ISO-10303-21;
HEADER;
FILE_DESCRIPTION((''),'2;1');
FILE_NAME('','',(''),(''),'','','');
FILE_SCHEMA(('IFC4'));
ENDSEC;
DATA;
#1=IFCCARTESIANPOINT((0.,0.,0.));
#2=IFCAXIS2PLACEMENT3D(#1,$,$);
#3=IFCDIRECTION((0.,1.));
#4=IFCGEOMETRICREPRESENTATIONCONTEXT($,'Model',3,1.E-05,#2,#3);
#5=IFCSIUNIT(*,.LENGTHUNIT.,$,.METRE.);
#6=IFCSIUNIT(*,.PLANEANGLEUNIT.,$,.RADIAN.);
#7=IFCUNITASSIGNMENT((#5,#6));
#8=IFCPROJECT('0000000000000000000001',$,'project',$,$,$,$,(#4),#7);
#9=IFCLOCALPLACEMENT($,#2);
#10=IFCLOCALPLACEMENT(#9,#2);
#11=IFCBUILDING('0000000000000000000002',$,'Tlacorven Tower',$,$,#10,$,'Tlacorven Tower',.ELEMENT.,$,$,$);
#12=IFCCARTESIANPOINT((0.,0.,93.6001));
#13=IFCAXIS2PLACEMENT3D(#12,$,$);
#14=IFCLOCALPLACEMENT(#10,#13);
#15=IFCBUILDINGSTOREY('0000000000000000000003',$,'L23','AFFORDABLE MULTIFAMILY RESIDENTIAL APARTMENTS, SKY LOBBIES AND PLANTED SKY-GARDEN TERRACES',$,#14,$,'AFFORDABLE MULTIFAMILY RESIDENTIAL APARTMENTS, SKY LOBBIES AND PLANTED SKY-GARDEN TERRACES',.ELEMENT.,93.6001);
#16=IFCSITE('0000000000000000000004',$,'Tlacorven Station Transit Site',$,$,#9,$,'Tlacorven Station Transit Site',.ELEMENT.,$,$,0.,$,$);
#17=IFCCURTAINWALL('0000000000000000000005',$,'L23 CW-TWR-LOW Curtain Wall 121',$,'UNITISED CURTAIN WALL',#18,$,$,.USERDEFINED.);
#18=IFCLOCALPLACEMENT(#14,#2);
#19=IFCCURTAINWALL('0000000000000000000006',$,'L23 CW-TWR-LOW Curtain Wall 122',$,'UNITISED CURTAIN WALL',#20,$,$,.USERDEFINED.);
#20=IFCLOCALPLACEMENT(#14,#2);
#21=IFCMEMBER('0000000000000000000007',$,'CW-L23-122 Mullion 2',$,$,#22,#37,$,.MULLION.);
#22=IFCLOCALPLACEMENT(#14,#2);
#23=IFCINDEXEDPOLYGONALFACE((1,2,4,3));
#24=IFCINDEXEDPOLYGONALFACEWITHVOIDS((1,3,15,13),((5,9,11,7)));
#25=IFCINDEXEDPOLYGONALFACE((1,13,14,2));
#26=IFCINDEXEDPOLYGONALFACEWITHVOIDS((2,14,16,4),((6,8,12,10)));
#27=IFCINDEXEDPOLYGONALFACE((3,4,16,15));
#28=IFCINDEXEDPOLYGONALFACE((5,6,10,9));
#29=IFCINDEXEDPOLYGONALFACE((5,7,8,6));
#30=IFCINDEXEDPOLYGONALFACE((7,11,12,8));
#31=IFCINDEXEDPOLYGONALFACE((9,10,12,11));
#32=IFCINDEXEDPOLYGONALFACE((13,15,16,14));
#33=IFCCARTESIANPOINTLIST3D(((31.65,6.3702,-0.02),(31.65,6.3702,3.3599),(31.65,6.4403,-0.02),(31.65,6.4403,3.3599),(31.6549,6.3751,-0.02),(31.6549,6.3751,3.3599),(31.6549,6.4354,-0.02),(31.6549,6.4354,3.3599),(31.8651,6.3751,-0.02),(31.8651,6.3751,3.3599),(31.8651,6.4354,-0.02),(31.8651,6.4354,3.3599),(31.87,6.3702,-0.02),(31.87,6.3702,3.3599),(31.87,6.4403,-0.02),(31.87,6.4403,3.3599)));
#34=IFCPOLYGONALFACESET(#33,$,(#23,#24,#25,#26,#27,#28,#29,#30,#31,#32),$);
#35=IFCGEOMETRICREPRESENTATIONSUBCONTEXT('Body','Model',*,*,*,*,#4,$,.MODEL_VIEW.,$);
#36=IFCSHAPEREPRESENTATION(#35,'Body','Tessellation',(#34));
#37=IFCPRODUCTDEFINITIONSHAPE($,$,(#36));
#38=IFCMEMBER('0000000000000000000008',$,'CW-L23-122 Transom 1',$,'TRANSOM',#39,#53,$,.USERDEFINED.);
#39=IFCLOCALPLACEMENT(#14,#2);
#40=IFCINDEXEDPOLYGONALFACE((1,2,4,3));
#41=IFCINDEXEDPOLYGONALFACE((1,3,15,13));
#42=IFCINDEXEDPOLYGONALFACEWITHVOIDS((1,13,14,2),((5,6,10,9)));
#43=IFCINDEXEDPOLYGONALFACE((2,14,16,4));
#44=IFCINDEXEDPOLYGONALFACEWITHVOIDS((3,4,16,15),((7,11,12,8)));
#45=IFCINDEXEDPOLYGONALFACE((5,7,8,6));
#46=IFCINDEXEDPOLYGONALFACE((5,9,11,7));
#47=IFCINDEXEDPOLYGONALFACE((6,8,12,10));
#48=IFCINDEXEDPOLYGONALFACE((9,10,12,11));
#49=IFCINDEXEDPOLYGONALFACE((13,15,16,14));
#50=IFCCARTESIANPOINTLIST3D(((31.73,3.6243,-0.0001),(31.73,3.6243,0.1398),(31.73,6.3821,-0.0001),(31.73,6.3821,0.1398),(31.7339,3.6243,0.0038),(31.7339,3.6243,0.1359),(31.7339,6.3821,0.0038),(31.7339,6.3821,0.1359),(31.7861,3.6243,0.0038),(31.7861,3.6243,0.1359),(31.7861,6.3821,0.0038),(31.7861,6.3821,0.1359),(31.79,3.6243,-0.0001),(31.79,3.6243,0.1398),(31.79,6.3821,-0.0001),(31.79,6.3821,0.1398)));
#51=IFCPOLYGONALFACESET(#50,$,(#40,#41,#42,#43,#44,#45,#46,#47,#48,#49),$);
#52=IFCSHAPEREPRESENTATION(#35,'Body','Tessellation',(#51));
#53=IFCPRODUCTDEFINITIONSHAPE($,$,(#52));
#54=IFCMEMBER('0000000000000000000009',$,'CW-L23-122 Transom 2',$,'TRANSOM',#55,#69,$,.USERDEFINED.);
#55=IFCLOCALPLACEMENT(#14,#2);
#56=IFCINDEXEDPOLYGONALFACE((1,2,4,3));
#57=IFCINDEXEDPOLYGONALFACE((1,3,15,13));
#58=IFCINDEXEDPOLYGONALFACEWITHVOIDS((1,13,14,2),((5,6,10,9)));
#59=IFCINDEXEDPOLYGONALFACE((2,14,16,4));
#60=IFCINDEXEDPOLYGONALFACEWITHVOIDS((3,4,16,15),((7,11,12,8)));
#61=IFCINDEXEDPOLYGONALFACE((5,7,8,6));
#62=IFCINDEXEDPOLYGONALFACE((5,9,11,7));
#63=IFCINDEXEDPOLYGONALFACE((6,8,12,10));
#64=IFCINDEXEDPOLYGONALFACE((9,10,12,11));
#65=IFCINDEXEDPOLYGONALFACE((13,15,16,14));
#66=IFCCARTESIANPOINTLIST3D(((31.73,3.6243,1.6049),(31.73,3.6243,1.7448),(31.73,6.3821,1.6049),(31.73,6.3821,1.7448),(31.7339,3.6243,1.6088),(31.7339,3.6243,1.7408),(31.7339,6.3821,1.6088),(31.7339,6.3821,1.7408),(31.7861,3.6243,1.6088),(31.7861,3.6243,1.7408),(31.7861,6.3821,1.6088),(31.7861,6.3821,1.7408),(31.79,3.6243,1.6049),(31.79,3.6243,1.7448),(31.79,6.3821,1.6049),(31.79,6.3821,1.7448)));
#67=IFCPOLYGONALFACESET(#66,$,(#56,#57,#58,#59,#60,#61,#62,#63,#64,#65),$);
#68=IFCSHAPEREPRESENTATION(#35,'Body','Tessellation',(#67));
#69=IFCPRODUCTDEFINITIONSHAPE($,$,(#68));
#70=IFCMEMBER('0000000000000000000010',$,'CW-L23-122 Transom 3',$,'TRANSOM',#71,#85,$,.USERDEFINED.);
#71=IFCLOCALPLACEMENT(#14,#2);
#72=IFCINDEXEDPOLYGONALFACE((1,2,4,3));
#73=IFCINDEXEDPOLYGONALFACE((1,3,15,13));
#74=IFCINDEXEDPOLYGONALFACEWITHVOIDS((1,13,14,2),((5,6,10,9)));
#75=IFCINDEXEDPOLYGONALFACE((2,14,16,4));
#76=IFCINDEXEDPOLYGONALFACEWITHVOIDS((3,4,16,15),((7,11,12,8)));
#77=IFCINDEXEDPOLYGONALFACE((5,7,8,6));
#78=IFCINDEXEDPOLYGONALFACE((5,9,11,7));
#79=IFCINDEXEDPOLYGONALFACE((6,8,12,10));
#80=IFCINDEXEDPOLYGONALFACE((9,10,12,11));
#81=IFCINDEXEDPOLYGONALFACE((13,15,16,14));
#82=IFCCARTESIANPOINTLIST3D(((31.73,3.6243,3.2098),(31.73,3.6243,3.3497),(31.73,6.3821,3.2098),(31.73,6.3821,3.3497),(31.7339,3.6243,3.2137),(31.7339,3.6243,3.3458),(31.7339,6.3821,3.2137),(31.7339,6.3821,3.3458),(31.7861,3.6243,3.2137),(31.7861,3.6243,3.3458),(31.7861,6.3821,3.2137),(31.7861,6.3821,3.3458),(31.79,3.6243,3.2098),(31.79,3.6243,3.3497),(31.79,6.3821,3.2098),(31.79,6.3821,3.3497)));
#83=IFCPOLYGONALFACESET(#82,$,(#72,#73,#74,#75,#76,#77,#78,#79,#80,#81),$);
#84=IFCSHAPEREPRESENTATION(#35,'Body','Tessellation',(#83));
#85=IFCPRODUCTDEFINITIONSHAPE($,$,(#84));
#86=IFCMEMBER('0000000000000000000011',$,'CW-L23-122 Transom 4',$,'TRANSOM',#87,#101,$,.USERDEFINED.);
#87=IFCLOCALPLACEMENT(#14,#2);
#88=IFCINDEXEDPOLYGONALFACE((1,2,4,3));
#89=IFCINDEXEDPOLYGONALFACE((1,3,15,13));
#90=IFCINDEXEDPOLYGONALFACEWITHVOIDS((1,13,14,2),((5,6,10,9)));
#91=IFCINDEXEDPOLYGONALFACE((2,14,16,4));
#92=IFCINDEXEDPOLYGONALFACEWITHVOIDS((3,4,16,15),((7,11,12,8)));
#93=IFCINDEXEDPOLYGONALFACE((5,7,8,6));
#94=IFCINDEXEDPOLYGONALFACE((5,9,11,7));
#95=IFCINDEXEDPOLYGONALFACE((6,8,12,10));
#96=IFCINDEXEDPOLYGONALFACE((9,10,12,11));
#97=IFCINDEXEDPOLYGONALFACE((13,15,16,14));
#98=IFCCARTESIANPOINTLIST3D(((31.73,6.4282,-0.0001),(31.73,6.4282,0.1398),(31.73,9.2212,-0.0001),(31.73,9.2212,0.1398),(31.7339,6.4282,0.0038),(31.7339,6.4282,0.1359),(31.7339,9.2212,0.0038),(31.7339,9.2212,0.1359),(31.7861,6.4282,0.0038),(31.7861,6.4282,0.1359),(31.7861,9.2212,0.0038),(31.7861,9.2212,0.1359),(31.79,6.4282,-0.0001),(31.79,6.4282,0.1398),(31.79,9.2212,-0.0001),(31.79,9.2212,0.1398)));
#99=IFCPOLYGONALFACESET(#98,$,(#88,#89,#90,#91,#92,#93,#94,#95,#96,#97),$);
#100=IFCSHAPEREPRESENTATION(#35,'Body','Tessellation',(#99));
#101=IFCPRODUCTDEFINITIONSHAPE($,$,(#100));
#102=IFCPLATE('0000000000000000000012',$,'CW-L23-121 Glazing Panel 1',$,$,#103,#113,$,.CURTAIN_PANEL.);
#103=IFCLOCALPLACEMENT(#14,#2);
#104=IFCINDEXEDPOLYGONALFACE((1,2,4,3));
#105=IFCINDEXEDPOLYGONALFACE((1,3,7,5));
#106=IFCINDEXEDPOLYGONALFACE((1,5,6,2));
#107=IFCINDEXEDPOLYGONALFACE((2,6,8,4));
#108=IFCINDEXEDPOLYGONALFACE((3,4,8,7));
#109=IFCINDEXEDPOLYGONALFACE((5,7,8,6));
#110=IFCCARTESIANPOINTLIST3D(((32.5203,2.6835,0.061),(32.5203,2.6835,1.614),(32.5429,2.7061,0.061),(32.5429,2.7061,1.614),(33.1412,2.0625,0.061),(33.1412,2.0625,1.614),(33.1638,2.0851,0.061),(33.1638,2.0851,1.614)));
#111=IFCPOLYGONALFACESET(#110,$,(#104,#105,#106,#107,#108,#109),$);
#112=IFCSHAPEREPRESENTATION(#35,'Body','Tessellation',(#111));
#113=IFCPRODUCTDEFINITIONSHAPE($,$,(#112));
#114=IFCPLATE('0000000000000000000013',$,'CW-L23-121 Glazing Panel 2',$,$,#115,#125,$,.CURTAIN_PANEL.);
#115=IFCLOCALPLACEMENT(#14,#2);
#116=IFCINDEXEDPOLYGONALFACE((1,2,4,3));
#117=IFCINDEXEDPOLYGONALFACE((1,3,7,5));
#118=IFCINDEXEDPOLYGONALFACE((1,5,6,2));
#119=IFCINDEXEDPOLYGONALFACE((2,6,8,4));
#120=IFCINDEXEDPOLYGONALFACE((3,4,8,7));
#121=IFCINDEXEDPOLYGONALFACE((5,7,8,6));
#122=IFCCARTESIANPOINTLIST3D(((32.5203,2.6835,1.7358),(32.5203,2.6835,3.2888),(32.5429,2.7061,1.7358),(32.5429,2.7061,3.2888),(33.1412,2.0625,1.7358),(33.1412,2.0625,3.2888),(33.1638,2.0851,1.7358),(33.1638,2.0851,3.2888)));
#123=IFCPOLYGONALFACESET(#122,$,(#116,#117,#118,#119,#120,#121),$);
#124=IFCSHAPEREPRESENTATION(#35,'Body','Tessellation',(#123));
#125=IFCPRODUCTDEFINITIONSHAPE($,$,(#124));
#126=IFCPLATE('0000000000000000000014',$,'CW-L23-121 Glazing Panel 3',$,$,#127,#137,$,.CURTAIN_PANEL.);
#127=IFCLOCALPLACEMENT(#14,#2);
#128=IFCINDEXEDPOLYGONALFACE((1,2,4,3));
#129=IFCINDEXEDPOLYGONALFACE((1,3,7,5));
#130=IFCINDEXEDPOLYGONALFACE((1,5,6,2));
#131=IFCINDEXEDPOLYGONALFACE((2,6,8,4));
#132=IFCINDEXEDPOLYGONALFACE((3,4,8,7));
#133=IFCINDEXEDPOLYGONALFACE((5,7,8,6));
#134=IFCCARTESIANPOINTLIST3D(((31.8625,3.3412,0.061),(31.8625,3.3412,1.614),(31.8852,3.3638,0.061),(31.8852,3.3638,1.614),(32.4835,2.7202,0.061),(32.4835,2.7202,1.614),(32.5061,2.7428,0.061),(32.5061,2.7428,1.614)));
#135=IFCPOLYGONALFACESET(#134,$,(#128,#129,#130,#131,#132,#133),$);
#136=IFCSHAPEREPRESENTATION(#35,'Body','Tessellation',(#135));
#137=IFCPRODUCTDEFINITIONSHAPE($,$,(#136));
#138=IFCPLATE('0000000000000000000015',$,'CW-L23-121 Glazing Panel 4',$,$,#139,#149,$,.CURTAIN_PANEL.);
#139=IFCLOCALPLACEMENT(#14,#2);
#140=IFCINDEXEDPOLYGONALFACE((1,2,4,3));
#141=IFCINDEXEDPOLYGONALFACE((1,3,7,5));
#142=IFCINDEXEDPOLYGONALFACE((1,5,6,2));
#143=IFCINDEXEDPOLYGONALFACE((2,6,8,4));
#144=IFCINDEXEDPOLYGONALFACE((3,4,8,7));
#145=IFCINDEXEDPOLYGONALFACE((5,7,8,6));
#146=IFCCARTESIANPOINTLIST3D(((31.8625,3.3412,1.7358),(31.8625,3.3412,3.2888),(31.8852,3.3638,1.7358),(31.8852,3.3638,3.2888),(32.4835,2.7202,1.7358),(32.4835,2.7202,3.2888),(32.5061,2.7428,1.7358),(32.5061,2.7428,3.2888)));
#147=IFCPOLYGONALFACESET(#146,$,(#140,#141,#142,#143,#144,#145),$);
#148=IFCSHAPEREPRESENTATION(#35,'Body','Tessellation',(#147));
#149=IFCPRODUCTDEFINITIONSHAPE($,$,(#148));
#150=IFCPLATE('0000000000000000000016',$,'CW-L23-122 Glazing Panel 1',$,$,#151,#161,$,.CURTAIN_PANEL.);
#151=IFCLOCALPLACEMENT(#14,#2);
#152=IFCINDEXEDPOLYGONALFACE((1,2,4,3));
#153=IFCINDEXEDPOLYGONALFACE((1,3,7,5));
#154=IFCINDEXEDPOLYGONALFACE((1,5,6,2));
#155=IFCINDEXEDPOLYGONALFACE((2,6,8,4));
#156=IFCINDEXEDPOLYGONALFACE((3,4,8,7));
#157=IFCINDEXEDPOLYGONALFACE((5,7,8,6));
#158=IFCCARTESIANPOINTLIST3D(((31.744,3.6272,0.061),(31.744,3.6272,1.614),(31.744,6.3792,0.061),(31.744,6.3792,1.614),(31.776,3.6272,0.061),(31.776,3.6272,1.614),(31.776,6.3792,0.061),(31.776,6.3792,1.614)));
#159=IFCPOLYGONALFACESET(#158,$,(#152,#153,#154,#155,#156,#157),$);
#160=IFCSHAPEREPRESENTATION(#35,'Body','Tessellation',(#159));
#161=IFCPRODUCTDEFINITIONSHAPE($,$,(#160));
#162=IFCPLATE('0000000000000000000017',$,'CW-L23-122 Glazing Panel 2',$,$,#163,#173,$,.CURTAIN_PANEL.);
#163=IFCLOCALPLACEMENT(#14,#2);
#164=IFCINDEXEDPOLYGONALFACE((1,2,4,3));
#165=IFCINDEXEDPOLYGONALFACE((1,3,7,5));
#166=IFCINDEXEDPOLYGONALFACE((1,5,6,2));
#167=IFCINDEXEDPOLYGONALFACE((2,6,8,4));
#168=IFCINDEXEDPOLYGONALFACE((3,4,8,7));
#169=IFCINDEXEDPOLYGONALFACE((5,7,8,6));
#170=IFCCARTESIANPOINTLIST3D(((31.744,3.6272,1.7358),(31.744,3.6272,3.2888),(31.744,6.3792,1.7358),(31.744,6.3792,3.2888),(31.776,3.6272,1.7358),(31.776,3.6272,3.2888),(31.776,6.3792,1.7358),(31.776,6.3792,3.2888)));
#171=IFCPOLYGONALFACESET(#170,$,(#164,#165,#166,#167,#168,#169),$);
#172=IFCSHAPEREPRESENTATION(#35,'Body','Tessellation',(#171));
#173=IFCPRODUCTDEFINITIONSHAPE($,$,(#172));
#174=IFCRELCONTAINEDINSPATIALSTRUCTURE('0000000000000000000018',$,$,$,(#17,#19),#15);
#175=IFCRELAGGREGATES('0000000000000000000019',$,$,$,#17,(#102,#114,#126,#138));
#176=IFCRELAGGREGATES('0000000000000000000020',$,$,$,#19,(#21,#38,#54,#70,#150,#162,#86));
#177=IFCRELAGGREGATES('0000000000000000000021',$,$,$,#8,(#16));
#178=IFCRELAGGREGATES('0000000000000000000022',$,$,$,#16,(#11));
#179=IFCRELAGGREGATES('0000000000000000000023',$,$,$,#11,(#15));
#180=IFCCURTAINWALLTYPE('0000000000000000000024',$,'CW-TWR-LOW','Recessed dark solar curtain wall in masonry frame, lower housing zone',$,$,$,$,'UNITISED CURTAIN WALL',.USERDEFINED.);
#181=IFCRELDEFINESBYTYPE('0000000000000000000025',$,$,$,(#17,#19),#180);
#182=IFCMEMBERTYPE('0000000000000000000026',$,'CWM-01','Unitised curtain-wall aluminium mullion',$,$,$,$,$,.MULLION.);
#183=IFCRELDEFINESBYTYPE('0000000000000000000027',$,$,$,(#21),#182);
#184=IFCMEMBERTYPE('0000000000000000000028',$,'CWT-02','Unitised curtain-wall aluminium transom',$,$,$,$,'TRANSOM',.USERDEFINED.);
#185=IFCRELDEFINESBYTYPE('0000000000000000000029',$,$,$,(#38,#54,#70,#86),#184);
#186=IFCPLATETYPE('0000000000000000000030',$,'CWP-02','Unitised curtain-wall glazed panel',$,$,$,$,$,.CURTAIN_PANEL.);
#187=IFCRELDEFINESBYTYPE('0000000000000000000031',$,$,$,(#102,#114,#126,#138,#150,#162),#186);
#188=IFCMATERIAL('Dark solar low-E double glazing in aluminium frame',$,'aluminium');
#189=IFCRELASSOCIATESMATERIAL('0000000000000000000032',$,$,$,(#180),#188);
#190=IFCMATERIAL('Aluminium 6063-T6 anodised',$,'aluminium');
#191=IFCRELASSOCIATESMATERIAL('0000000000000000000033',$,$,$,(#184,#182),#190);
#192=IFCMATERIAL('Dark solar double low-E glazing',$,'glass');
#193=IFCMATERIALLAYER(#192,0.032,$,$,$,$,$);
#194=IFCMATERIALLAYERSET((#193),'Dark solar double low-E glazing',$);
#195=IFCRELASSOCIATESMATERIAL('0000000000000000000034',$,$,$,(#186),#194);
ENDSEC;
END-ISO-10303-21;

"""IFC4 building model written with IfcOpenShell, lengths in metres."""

from ifc_helpers import new_model, si_unit, direction, frame, origin, origin_2d, place, context, subcontext, project, spatial, rectangle, hollow_rectangle, extrude, source, transform, mapped, material, layer, layer_set, material_profile, profile_set, type_object, element, aggregate, save


model = new_model("IFC4")

# Units and contexts
model_context = context("Model", 3, precision=1e-05, world=origin(), true_north=direction((0.0, 1.0)))
body_context = subcontext(model_context, "Body", "Model", "MODEL_VIEW")
ifc_project = project(units=[si_unit("LENGTHUNIT", "METRE"), si_unit("PLANEANGLEUNIT", "RADIAN")], contexts=[model_context])

# Site, building, storey
site_placement = place(None, origin())
site = spatial("IfcSite", under=ifc_project, at=site_placement, Name="Tlacorven Station Transit Site", LongName="Tlacorven Station Transit Site", CompositionType="ELEMENT", RefElevation=0.0)
building_placement = place(site_placement, origin())
building = spatial("IfcBuilding", under=site, at=building_placement, Name="Tlacorven Tower", LongName="Tlacorven Tower", CompositionType="ELEMENT")
storey_placement = place(building_placement, frame((0.0, 0.0, 93.6001)))
storey = spatial("IfcBuildingStorey", under=building, at=storey_placement, Name="L23", Description="AFFORDABLE MULTIFAMILY RESIDENTIAL APARTMENTS, SKY LOBBIES AND PLANTED SKY-GARDEN TERRACES", LongName="AFFORDABLE MULTIFAMILY RESIDENTIAL APARTMENTS, SKY LOBBIES AND PLANTED SKY-GARDEN TERRACES", CompositionType="ELEMENT", Elevation=93.6001)

# Curtain wall
ifc_material_1 = material(Name="Dark solar low-E double glazing in aluminium frame", Category="aluminium")
curtain_wall_type = type_object("IfcCurtainWallType", Name="CW-TWR-LOW", Description="Recessed dark solar curtain wall in masonry frame, lower housing zone", ElementType="UNITISED CURTAIN WALL", PredefinedType="USERDEFINED", material=ifc_material_1)
curtain_wall_1_placement = place(storey_placement, origin())
curtain_wall_1 = element("IfcCurtainWall", 1, at=curtain_wall_1_placement, inside=storey, type_object=curtain_wall_type, Name="L23 CW-TWR-LOW Curtain Wall 121", ObjectType="UNITISED CURTAIN WALL", PredefinedType="USERDEFINED")
ifc_material_2 = material(Name="Aluminium 6063-T6 anodised", Category="aluminium")
ifc_material_profile_1 = material_profile(ifc_material_2, hollow_rectangle(XDim=0.0601, YDim=0.1399, WallThickness=0.0039, at=origin_2d()), Name="ALU TRANSOM 60X140")
ifc_profile_set_1 = profile_set([ifc_material_profile_1], Name="Aluminium 6063-T6 anodised")
member_type_1 = type_object("IfcMemberType", Name="CWT-02", Description="Unitised curtain-wall aluminium transom", ElementType="TRANSOM", PredefinedType="USERDEFINED", material=ifc_profile_set_1)

# Shared definitions
ifc_material_profile_2 = material_profile(ifc_material_2, hollow_rectangle(XDim=0.0701, YDim=0.22, WallThickness=0.0049, at=origin_2d()), Name="ALU MULLION 70X220")
ifc_profile_set_2 = profile_set([ifc_material_profile_2], Name="Aluminium 6063-T6 anodised")
member_type_2 = type_object("IfcMemberType", Name="CWM-01", Description="Unitised curtain-wall aluminium mullion", PredefinedType="MULLION", material=ifc_profile_set_2)
shared_shape_1 = source(origin(), body_context, "Body", "SweptSolid", [
    extrude(hollow_rectangle(XDim=0.0701, YDim=0.22, WallThickness=0.0049, at=origin_2d()), origin(), (0.0, 0.0, 1.0), 3.3799),
])

# Curtain wall, members
curtain_wall_2_placement = place(storey_placement, origin())
curtain_wall_2 = element("IfcCurtainWall", 2, at=curtain_wall_2_placement, inside=storey, type_object=curtain_wall_type, Name="L23 CW-TWR-LOW Curtain Wall 122", ObjectType="UNITISED CURTAIN WALL", PredefinedType="USERDEFINED")
member_1_placement = place(storey_placement, frame((31.76, 6.4053, -0.02), z_axis=(0.0, 0.0, 1.0), x_axis=(0.0, 1.0, 0.0)))
member_1 = element("IfcMember", 3, at=member_1_placement, type_object=member_type_2, Name="CW-L23-122 Mullion 2", PredefinedType="MULLION", context=body_context, shape_type="MappedRepresentation", body=[
    mapped(shared_shape_1, transform((0.0, 0.0, 0.0), scale=1.0)),
])
shared_shape_2 = source(origin(), body_context, "Body", "SweptSolid", [
    extrude(hollow_rectangle(XDim=0.0601, YDim=0.1399, WallThickness=0.0039, at=origin_2d()), origin(), (0.0, 0.0, 1.0), 2.7578),
])
member_2_placement = place(storey_placement, frame((31.76, 3.6243, 0.0698), z_axis=(0.0, 1.0, 0.0), x_axis=(-1.0, 0.0, 0.0)))
member_2 = element("IfcMember", 4, at=member_2_placement, type_object=member_type_1, Name="CW-L23-122 Transom 1", ObjectType="TRANSOM", PredefinedType="USERDEFINED", context=body_context, shape_type="MappedRepresentation", body=[
    mapped(shared_shape_2, transform((0.0, 0.0, 0.0), scale=1.0)),
])
member_3_placement = place(storey_placement, frame((31.76, 3.6243, 1.6748), z_axis=(0.0, 1.0, 0.0), x_axis=(-1.0, 0.0, 0.0)))
member_3 = element("IfcMember", 5, at=member_3_placement, type_object=member_type_1, Name="CW-L23-122 Transom 2", ObjectType="TRANSOM", PredefinedType="USERDEFINED", context=body_context, shape_type="MappedRepresentation", body=[
    mapped(shared_shape_2, transform((0.0, 0.0, 0.0), scale=1.0)),
])
member_4_placement = place(storey_placement, frame((31.76, 3.6243, 3.2798), z_axis=(0.0, 1.0, 0.0), x_axis=(-1.0, 0.0, 0.0)))
member_4 = element("IfcMember", 6, at=member_4_placement, type_object=member_type_1, Name="CW-L23-122 Transom 3", ObjectType="TRANSOM", PredefinedType="USERDEFINED", context=body_context, shape_type="MappedRepresentation", body=[
    mapped(shared_shape_2, transform((0.0, 0.0, 0.0), scale=1.0)),
])
shared_shape_3 = source(origin(), body_context, "Body", "SweptSolid", [
    extrude(hollow_rectangle(XDim=0.0601, YDim=0.1399, WallThickness=0.0039, at=origin_2d()), origin(), (0.0, 0.0, 1.0), 2.793),
])
member_5_placement = place(storey_placement, frame((31.76, 6.4282, 0.0698), z_axis=(0.0, 1.0, 0.0), x_axis=(-1.0, 0.0, 0.0)))
member_5 = element("IfcMember", 7, at=member_5_placement, type_object=member_type_1, Name="CW-L23-122 Transom 4", ObjectType="TRANSOM", PredefinedType="USERDEFINED", context=body_context, shape_type="MappedRepresentation", body=[
    mapped(shared_shape_3, transform((0.0, 0.0, 0.0), scale=1.0)),
])

# Plates
ifc_material_3 = material(Name="Dark solar double low-E glazing", Category="glass")
ifc_layer = layer(ifc_material_3, 0.032)
ifc_layer_set = layer_set([ifc_layer], Name="Dark solar double low-E glazing")
plate_type = type_object("IfcPlateType", Name="CWP-02", Description="Unitised curtain-wall glazed panel", PredefinedType="CURTAIN_PANEL", material=ifc_layer_set)
shared_shape_4 = source(origin(), body_context, "Body", "SweptSolid", [
    extrude(rectangle(XDim=0.8782, YDim=0.032, at=origin_2d()), origin(), (0.0, 0.0, 1.0), 1.553),
])
plate_1_placement = place(storey_placement, frame((32.842, 2.3843, 0.061), z_axis=(0.0, 0.0, 1.0), x_axis=(-0.707107, 0.707107, 0.0)))
plate_1 = element("IfcPlate", 8, at=plate_1_placement, type_object=plate_type, Name="CW-L23-121 Glazing Panel 1", PredefinedType="CURTAIN_PANEL", context=body_context, shape_type="MappedRepresentation", body=[
    mapped(shared_shape_4, transform((0.0, 0.0, 0.0), scale=1.0)),
])
plate_2_placement = place(storey_placement, frame((32.842, 2.3843, 1.7358), z_axis=(0.0, 0.0, 1.0), x_axis=(-0.707107, 0.707107, 0.0)))
plate_2 = element("IfcPlate", 9, at=plate_2_placement, type_object=plate_type, Name="CW-L23-121 Glazing Panel 2", PredefinedType="CURTAIN_PANEL", context=body_context, shape_type="MappedRepresentation", body=[
    mapped(shared_shape_4, transform((0.0, 0.0, 0.0), scale=1.0)),
])
plate_3_placement = place(storey_placement, frame((32.1843, 3.042, 0.061), z_axis=(0.0, 0.0, 1.0), x_axis=(-0.707107, 0.707107, 0.0)))
plate_3 = element("IfcPlate", 10, at=plate_3_placement, type_object=plate_type, Name="CW-L23-121 Glazing Panel 3", PredefinedType="CURTAIN_PANEL", context=body_context, shape_type="MappedRepresentation", body=[
    mapped(shared_shape_4, transform((0.0, 0.0, 0.0), scale=1.0)),
])
plate_4_placement = place(storey_placement, frame((32.1843, 3.042, 1.7358), z_axis=(0.0, 0.0, 1.0), x_axis=(-0.707107, 0.707107, 0.0)))
plate_4 = element("IfcPlate", 11, at=plate_4_placement, type_object=plate_type, Name="CW-L23-121 Glazing Panel 4", PredefinedType="CURTAIN_PANEL", context=body_context, shape_type="MappedRepresentation", body=[
    mapped(shared_shape_4, transform((0.0, 0.0, 0.0), scale=1.0)),
])
aggregate(curtain_wall_1, [plate_1, plate_2, plate_3, plate_4])
shared_shape_5 = source(origin(), body_context, "Body", "SweptSolid", [
    extrude(rectangle(XDim=2.752, YDim=0.032, at=origin_2d()), origin(), (0.0, 0.0, 1.0), 1.553),
])
plate_5_placement = place(storey_placement, frame((31.76, 5.0032, 0.061), z_axis=(0.0, 0.0, 1.0), x_axis=(0.0, 1.0, 0.0)))
plate_5 = element("IfcPlate", 12, at=plate_5_placement, type_object=plate_type, Name="CW-L23-122 Glazing Panel 1", PredefinedType="CURTAIN_PANEL", context=body_context, shape_type="MappedRepresentation", body=[
    mapped(shared_shape_5, transform((0.0, 0.0, 0.0), scale=1.0)),
])
plate_6_placement = place(storey_placement, frame((31.76, 5.0032, 1.7358), z_axis=(0.0, 0.0, 1.0), x_axis=(0.0, 1.0, 0.0)))
plate_6 = element("IfcPlate", 13, at=plate_6_placement, type_object=plate_type, Name="CW-L23-122 Glazing Panel 2", PredefinedType="CURTAIN_PANEL", context=body_context, shape_type="MappedRepresentation", body=[
    mapped(shared_shape_5, transform((0.0, 0.0, 0.0), scale=1.0)),
])
aggregate(curtain_wall_2, [member_1, member_2, member_3, member_4, plate_5, plate_6, member_5])

save(model, "model.ifc")
